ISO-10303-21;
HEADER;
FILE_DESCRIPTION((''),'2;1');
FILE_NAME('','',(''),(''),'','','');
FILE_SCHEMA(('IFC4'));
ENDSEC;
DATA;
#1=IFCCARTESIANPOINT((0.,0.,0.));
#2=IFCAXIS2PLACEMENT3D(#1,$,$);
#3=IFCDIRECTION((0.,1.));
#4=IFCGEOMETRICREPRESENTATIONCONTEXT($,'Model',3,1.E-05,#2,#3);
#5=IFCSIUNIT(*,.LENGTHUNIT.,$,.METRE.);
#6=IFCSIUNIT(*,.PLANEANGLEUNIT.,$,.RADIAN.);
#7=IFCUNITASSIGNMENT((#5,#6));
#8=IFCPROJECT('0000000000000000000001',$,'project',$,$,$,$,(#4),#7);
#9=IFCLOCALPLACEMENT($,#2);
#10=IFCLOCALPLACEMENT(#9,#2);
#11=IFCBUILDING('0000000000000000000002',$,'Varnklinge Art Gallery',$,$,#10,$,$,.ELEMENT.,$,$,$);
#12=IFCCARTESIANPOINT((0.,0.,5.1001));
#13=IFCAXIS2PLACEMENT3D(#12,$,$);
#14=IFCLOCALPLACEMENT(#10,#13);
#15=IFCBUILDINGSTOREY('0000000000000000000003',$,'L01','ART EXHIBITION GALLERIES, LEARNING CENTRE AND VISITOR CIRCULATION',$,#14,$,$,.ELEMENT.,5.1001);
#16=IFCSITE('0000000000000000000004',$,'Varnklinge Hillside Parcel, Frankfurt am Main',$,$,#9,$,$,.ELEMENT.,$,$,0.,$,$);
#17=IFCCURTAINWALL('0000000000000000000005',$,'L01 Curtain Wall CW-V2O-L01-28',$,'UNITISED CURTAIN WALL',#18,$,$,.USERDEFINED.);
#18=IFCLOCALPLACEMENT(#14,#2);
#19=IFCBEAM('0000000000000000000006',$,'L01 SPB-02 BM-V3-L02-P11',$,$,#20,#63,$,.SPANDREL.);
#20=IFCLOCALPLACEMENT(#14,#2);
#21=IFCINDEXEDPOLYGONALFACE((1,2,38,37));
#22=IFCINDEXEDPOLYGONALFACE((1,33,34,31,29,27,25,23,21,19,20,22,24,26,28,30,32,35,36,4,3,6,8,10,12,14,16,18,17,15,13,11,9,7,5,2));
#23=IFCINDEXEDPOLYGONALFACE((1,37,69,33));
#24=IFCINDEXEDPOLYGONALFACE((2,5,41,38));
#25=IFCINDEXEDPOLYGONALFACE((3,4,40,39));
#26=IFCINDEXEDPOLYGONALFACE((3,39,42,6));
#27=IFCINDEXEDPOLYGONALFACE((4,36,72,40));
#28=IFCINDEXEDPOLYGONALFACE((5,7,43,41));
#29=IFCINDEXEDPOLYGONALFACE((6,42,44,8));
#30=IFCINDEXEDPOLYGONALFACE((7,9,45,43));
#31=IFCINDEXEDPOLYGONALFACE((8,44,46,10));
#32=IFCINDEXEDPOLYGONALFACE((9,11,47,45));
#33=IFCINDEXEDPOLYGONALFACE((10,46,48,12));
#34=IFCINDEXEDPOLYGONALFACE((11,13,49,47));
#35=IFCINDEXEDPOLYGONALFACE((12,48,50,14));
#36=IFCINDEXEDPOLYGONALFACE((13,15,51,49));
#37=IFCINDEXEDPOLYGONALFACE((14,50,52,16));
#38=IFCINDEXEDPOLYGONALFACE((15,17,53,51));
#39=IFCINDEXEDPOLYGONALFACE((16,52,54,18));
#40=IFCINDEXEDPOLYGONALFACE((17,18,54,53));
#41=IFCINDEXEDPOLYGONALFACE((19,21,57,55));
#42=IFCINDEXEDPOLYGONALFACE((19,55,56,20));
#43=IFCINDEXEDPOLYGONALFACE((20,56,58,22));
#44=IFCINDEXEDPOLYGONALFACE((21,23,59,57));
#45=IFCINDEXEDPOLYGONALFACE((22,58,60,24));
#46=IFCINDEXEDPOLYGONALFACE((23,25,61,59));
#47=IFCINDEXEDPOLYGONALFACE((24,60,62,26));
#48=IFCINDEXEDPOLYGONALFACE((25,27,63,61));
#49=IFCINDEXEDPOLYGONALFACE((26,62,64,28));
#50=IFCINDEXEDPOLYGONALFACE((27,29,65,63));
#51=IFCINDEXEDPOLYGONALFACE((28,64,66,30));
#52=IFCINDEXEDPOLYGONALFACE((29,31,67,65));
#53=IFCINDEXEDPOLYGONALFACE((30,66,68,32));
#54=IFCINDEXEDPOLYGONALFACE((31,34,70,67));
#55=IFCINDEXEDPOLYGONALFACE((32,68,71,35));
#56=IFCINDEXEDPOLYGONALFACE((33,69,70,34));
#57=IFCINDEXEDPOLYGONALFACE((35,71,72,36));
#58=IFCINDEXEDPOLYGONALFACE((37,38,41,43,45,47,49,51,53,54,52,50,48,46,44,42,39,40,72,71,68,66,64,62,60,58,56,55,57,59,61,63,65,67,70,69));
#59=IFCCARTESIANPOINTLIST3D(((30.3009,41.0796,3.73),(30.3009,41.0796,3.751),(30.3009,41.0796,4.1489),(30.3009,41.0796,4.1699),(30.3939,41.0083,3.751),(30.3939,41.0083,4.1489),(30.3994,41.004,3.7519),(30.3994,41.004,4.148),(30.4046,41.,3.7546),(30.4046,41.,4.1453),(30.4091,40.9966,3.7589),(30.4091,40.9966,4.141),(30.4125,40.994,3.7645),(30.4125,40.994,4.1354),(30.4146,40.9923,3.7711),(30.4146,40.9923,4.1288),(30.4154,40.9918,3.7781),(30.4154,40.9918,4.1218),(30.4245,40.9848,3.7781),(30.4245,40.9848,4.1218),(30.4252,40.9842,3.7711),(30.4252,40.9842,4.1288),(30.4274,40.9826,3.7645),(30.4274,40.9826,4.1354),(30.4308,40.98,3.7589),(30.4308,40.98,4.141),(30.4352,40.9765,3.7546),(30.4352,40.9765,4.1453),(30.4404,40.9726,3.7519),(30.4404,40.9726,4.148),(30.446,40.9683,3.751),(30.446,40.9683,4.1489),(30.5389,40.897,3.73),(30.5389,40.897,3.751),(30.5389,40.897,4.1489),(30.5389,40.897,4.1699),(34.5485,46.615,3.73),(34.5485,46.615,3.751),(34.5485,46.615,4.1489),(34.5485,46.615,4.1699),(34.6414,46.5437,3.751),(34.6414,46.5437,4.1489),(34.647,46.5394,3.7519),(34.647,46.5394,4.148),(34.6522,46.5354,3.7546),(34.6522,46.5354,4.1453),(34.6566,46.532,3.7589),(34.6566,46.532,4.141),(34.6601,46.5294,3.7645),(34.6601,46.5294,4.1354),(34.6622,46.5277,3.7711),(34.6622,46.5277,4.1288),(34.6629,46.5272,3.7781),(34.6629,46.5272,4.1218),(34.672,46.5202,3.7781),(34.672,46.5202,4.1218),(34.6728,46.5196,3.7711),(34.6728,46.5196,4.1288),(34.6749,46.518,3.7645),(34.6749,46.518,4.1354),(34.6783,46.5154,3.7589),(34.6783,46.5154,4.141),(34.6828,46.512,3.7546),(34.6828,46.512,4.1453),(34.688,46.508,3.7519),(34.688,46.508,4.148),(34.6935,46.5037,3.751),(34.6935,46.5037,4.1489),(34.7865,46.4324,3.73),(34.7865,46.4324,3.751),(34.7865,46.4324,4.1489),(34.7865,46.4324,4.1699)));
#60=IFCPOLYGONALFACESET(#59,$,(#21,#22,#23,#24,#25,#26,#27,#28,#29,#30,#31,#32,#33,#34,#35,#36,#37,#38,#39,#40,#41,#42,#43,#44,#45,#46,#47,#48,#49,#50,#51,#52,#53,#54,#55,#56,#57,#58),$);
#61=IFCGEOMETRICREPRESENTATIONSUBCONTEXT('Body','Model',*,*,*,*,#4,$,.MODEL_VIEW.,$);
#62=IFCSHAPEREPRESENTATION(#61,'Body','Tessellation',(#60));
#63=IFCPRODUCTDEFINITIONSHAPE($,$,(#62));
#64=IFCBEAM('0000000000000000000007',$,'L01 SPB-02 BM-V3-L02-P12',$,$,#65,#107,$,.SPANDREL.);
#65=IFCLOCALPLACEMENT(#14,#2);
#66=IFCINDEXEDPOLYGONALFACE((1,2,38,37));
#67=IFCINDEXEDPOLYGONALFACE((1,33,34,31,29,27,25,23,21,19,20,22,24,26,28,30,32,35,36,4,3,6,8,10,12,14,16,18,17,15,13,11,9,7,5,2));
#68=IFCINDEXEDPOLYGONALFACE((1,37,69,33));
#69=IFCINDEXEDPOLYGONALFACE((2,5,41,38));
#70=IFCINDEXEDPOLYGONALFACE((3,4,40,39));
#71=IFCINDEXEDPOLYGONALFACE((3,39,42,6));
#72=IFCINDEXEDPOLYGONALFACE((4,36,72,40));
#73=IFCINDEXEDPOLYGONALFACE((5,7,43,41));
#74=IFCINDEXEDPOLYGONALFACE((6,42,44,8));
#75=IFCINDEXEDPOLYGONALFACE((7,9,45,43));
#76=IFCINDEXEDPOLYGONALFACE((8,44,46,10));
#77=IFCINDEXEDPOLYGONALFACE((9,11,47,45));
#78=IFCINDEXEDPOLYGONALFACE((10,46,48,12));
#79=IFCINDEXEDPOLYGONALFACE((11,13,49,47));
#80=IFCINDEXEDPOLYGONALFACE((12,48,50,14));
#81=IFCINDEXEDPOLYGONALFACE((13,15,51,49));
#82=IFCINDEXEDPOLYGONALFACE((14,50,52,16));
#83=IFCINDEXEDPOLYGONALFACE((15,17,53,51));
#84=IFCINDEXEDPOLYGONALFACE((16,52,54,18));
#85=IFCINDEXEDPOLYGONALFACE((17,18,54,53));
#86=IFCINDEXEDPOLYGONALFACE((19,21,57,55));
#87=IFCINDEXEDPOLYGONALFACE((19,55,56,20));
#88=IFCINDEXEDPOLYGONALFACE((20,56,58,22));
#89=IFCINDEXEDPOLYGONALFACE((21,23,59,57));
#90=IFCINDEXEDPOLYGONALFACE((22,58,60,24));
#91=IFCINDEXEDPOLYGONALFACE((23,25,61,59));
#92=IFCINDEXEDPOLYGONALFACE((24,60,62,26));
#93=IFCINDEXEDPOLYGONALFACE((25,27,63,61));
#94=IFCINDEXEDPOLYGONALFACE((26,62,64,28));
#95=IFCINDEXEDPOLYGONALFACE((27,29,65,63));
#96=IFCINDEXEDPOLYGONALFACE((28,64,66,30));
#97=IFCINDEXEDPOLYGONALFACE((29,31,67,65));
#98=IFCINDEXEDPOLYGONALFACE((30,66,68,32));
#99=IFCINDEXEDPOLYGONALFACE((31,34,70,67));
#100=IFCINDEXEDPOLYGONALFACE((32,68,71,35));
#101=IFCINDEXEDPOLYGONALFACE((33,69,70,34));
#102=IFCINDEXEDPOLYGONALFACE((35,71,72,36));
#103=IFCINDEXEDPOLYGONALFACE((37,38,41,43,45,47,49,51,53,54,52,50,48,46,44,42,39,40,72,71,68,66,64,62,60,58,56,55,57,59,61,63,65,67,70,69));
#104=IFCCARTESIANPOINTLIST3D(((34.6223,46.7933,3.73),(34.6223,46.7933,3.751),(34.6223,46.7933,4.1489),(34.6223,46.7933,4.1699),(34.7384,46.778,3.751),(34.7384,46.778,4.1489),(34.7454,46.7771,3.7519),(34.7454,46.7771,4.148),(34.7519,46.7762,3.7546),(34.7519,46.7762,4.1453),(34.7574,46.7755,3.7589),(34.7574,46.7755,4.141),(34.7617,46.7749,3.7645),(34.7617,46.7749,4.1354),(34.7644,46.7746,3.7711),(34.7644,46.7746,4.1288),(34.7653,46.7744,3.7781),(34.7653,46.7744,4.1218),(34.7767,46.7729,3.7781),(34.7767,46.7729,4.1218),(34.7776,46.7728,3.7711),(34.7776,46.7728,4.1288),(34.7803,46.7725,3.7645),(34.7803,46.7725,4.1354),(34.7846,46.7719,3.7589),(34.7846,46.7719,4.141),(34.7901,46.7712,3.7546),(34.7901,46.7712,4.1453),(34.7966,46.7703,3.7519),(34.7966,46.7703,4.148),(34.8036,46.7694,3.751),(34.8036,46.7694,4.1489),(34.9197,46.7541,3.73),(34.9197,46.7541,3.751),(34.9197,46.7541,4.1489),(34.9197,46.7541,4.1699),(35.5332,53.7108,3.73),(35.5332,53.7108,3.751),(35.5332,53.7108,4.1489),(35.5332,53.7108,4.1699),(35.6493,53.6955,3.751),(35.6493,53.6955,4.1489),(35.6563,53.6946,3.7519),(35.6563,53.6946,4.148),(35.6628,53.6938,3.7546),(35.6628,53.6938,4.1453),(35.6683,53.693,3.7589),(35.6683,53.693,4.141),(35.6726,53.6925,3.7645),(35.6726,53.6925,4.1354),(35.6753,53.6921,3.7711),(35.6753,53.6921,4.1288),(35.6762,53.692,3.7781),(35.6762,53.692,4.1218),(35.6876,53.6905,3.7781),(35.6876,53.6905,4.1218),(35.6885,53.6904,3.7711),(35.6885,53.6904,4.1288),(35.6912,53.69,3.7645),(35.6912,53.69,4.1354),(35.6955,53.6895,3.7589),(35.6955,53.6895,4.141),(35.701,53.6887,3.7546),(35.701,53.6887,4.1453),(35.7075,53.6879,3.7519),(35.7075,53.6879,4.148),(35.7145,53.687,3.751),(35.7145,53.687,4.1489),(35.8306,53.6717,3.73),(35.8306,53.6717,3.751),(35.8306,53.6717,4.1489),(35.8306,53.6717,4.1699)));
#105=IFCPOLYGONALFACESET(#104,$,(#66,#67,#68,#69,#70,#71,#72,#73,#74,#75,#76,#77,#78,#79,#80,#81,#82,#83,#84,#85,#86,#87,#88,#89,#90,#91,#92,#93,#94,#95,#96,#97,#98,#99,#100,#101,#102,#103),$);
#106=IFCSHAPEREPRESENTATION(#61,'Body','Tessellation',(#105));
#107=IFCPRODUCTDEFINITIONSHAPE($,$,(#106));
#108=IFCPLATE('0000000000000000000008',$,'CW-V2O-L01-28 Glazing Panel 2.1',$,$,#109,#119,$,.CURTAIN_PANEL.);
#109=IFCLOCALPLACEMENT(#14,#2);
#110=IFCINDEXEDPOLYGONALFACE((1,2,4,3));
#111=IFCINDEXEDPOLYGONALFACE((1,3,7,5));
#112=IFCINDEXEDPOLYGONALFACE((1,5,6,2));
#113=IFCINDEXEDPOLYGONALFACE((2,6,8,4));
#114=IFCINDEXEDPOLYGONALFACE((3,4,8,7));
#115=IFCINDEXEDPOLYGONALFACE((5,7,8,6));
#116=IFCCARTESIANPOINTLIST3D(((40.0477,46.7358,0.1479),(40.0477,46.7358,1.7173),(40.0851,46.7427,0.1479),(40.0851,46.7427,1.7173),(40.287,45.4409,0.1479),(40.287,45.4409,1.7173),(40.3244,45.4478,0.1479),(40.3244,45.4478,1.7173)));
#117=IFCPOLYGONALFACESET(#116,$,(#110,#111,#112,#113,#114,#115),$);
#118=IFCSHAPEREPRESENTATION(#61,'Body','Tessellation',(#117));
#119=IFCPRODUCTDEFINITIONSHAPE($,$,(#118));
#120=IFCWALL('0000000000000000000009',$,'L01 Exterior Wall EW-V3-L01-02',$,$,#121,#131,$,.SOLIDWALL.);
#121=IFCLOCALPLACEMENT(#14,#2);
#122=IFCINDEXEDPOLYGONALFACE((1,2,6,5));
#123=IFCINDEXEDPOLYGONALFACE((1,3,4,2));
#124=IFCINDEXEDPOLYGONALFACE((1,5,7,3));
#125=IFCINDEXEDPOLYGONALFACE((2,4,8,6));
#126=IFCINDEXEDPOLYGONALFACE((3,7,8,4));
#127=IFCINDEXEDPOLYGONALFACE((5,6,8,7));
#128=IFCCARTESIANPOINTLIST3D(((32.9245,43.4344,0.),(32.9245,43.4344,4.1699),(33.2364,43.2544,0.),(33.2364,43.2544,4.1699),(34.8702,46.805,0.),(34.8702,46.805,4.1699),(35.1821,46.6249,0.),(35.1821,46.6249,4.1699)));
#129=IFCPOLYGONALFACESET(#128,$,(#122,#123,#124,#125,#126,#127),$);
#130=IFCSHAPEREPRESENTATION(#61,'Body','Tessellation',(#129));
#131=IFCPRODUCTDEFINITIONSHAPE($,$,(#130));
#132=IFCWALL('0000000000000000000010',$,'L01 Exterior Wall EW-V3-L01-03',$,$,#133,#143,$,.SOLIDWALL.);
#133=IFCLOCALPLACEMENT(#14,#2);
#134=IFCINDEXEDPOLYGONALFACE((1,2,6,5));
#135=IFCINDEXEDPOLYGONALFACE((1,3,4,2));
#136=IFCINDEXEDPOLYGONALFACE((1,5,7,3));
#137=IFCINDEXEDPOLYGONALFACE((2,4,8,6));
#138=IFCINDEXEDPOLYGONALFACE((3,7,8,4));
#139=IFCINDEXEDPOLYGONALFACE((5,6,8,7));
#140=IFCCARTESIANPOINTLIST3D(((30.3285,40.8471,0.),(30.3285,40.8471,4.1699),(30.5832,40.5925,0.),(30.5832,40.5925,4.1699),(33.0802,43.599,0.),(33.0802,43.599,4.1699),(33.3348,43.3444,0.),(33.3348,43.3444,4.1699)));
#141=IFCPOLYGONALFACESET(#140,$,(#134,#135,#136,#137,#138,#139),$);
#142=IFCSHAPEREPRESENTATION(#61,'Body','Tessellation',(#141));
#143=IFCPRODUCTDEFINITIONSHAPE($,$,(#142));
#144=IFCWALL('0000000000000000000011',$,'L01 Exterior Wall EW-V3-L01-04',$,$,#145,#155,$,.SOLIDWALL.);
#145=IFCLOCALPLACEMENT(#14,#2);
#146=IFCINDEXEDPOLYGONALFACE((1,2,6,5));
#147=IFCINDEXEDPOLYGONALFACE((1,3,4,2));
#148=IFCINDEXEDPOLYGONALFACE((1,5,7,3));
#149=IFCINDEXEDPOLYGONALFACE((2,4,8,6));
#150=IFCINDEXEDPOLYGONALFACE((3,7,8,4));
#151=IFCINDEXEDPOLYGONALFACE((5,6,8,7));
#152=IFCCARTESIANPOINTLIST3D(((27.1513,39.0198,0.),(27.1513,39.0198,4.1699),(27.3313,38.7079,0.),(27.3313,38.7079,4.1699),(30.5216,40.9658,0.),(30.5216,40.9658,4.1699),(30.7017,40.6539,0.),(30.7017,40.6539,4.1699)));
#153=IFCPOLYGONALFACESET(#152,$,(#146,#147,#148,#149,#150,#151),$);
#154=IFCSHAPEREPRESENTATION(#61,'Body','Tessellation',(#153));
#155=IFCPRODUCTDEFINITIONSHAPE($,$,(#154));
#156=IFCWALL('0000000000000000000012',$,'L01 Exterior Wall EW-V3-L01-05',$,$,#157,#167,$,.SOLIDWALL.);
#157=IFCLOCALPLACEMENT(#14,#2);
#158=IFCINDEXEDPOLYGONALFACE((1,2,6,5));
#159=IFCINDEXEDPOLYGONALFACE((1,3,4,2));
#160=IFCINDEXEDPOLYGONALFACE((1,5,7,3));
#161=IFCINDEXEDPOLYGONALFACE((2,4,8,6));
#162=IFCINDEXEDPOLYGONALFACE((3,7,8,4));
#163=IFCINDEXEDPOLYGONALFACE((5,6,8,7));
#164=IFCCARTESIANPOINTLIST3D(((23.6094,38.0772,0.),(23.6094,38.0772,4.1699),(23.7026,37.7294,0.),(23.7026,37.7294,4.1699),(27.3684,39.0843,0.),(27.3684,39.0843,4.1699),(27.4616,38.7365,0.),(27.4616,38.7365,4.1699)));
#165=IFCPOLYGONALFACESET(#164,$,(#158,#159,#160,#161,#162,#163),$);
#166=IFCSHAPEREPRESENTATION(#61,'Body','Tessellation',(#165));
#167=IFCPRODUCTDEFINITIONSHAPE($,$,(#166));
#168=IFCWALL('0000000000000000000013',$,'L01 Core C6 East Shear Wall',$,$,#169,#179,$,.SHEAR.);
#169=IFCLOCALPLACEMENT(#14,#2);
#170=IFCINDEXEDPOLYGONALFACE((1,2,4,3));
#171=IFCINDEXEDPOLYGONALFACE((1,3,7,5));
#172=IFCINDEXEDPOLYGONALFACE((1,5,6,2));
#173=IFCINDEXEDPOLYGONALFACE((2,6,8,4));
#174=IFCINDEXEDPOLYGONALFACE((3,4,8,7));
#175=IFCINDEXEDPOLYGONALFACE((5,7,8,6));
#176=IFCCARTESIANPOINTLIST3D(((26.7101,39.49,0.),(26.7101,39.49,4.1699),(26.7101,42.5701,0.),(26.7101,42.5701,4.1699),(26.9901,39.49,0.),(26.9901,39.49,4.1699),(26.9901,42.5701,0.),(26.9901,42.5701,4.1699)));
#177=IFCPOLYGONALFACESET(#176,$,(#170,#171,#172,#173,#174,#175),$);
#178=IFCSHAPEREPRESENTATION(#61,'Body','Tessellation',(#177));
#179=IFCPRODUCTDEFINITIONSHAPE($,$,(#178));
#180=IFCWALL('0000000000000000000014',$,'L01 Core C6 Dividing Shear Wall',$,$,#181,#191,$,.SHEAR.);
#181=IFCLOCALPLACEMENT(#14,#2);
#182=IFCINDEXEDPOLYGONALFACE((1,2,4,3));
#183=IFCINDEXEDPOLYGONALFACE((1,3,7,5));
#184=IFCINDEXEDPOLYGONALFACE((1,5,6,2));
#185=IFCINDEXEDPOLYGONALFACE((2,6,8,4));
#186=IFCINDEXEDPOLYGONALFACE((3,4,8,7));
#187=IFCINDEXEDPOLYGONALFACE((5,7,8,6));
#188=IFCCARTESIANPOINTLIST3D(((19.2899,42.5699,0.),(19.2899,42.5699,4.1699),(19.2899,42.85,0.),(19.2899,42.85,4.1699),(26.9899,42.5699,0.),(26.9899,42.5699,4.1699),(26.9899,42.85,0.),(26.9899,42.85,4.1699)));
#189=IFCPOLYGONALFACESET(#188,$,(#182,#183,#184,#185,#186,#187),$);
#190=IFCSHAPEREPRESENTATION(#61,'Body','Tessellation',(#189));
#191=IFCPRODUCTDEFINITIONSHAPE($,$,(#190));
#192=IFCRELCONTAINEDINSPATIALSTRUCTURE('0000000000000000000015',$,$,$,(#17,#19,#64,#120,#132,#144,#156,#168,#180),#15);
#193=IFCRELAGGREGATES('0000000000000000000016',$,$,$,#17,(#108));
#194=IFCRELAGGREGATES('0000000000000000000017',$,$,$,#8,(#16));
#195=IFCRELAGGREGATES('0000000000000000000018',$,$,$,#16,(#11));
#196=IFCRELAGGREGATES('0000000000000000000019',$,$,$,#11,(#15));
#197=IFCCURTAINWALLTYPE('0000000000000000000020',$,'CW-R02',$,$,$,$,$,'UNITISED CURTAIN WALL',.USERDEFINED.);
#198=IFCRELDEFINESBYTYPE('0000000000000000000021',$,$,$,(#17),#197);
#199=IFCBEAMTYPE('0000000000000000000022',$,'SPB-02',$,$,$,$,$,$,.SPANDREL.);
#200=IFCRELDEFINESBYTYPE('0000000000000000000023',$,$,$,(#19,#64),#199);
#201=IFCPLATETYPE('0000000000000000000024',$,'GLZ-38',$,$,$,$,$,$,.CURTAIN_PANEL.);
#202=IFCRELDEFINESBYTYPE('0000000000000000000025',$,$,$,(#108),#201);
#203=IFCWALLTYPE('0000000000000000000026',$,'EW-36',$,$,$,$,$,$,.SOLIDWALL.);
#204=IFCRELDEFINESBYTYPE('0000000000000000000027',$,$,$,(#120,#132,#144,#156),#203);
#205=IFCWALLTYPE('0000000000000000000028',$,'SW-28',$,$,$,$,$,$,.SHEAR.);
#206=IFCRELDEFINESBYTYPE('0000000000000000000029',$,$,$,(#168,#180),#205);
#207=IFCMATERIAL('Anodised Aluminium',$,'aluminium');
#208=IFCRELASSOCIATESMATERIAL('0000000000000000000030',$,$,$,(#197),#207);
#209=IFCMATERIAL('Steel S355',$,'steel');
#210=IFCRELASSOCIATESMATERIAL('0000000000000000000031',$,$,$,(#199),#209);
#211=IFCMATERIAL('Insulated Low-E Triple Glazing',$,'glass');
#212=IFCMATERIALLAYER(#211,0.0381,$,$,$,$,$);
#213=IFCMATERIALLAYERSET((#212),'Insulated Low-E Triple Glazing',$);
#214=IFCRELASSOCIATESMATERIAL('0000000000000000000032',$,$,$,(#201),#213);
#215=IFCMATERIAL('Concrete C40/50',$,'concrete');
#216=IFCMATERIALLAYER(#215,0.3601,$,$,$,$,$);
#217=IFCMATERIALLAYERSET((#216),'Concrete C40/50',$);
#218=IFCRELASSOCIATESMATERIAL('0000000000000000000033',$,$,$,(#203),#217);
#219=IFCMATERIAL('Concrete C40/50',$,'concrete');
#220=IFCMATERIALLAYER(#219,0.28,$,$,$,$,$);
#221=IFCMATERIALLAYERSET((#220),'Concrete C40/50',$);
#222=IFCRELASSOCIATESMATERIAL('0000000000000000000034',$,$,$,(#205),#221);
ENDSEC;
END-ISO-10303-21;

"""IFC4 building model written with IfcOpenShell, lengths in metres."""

from ifc_helpers import new_model, si_unit, direction, frame, frame_2d, origin, origin_2d, place, context, subcontext, project, spatial, rectangle, i_section, extrude, material, layer, layer_set, material_profile, profile_set, type_object, element, aggregate, save


model = new_model("IFC4")

# Units and contexts
model_context = context("Model", 3, precision=1e-05, world=origin(), true_north=direction((0.0, 1.0)))
body_context = subcontext(model_context, "Body", "Model", "MODEL_VIEW")
ifc_project = project(units=[si_unit("LENGTHUNIT", "METRE"), si_unit("PLANEANGLEUNIT", "RADIAN")], contexts=[model_context])

# Site, building, storey
site_placement = place(None, origin())
site = spatial("IfcSite", under=ifc_project, at=site_placement, Name="Varnklinge Hillside Parcel, Frankfurt am Main", CompositionType="ELEMENT", RefElevation=0.0)
building_placement = place(site_placement, origin())
building = spatial("IfcBuilding", under=site, at=building_placement, Name="Varnklinge Art Gallery", CompositionType="ELEMENT")
storey_placement = place(building_placement, frame((0.0, 0.0, 5.1001)))
storey = spatial("IfcBuildingStorey", under=building, at=storey_placement, Name="L01", Description="ART EXHIBITION GALLERIES, LEARNING CENTRE AND VISITOR CIRCULATION", CompositionType="ELEMENT", Elevation=5.1001)

# Curtain wall
ifc_material_1 = material(Name="Anodised Aluminium", Category="aluminium")
curtain_wall_type = type_object("IfcCurtainWallType", Name="CW-R02", ElementType="UNITISED CURTAIN WALL", PredefinedType="USERDEFINED", material=ifc_material_1)
curtain_wall_placement = place(storey_placement, origin())
curtain_wall = element("IfcCurtainWall", 1, at=curtain_wall_placement, inside=storey, type_object=curtain_wall_type, Name="L01 Curtain Wall CW-V2O-L01-28", ObjectType="UNITISED CURTAIN WALL", PredefinedType="USERDEFINED")

# Beams
ifc_material_2 = material(Name="Steel S355", Category="steel")
ifc_material_profile_1 = material_profile(ifc_material_2, i_section(OverallWidth=0.3, OverallDepth=0.4399, WebThickness=0.0115, FlangeThickness=0.021, FilletRadius=0.0271, at=origin_2d()), Name="HEA 450")
ifc_profile_set_1 = profile_set([ifc_material_profile_1], Name="Steel S355")
beam_type_1 = type_object("IfcBeamType", Name="SPB-02", PredefinedType="SPANDREL", material=ifc_profile_set_1)
for number, where, z_axis, x_axis, name in (
    (2, (30.4199, 40.9883, 3.95), (0.60877, 0.793347, 0.0), (-0.793347, 0.60877, 0.0), "L01 SPB-02 BM-V3-L02-P11"),
    (3, (34.771, 46.7737, 3.95), (0.130552, 0.991441, 0.0), (-0.991441, 0.130552, 0.0), "L01 SPB-02 BM-V3-L02-P12"),
):
    element("IfcBeam", number, at=place(storey_placement, frame(where, z_axis=z_axis, x_axis=x_axis)), inside=storey, type_object=beam_type_1, Name=name, PredefinedType="SPANDREL", context=body_context, shape_type="SweptSolid", body=[
        extrude(i_section(OverallWidth=0.3, OverallDepth=0.4399, WebThickness=0.0115, FlangeThickness=0.021, FilletRadius=0.0271, at=origin_2d()), origin(), (0.0, 0.0, 1.0), 6.9773),
    ])

# Plate
ifc_material_3 = material(Name="Insulated Low-E Triple Glazing", Category="glass")
ifc_layer_1 = layer(ifc_material_3, 0.0381)
ifc_layer_set_1 = layer_set([ifc_layer_1], Name="Insulated Low-E Triple Glazing")
plate_type = type_object("IfcPlateType", Name="GLZ-38", PredefinedType="CURTAIN_PANEL", material=ifc_layer_set_1)
plate_placement = place(storey_placement, frame((40.186, 46.0918, 0.1479), z_axis=(0.0, 0.0, 1.0), x_axis=(0.181721, -0.98335, 0.0)))
plate = element("IfcPlate", 4, at=plate_placement, type_object=plate_type, Name="CW-V2O-L01-28 Glazing Panel 2.1", PredefinedType="CURTAIN_PANEL", context=body_context, shape_type="SweptSolid", body=[
    extrude(rectangle(XDim=1.3169, YDim=0.0381, at=origin_2d()), origin(), (0.0, 0.0, 1.0), 1.5693),
])
aggregate(curtain_wall, [plate])

# Walls
ifc_material_4 = material(Name="Concrete C40/50", Category="concrete")
ifc_layer_2 = layer(ifc_material_4, 0.3601)
ifc_layer_set_2 = layer_set([ifc_layer_2], Name="Concrete C40/50")
wall_type_1 = type_object("IfcWallType", Name="EW-36", PredefinedType="SOLIDWALL", material=ifc_layer_set_2)
wall_1_placement = place(storey_placement, frame((35.0261, 46.7148, 0.0), z_axis=(0.0, 0.0, 1.0), x_axis=(-0.499958, -0.86605, 0.0)))
element("IfcWall", 5, at=wall_1_placement, inside=storey, type_object=wall_type_1, Name="L01 Exterior Wall EW-V3-L01-02", PredefinedType="SOLIDWALL", context=body_context, shape_type="SweptSolid", body=[
    extrude(rectangle(XDim=3.8918, YDim=0.3601, at=frame_2d((1.9458, 0.0))), origin(), (0.0, 0.0, 1.0), 4.1699),
])
wall_2_placement = place(storey_placement, frame((33.2075, 43.4717, 0.0), z_axis=(0.0, 0.0, 1.0), x_axis=(-0.707075, -0.707138, 0.0)))
element("IfcWall", 6, at=wall_2_placement, inside=storey, type_object=wall_type_1, Name="L01 Exterior Wall EW-V3-L01-03", PredefinedType="SOLIDWALL", context=body_context, shape_type="SweptSolid", body=[
    extrude(rectangle(XDim=3.8916, YDim=0.3601, at=frame_2d((1.9458, 0.0))), origin(), (0.0, 0.0, 1.0), 4.1699),
])
wall_3_placement = place(storey_placement, frame((30.6116, 40.8098, 0.0), z_axis=(0.0, 0.0, 1.0), x_axis=(-0.866007, -0.500032, 0.0)))
element("IfcWall", 7, at=wall_3_placement, inside=storey, type_object=wall_type_1, Name="L01 Exterior Wall EW-V3-L01-04", PredefinedType="SOLIDWALL", context=body_context, shape_type="SweptSolid", body=[
    extrude(rectangle(XDim=3.8918, YDim=0.3601, at=frame_2d((1.9458, 0.0))), origin(), (0.0, 0.0, 1.0), 4.1699),
])
wall_4_placement = place(storey_placement, frame((27.415, 38.9104, 0.0), z_axis=(0.0, 0.0, 1.0), x_axis=(-0.965935, -0.258783, 0.0)))
element("IfcWall", 8, at=wall_4_placement, inside=storey, type_object=wall_type_1, Name="L01 Exterior Wall EW-V3-L01-05", PredefinedType="SOLIDWALL", context=body_context, shape_type="SweptSolid", body=[
    extrude(rectangle(XDim=3.8916, YDim=0.3601, at=frame_2d((1.9458, 0.0))), origin(), (0.0, 0.0, 1.0), 4.1699),
])
ifc_material_5 = material(Name="Concrete C40/50", Category="concrete")
ifc_layer_3 = layer(ifc_material_5, 0.28)
ifc_layer_set_3 = layer_set([ifc_layer_3], Name="Concrete C40/50")
wall_type_2 = type_object("IfcWallType", Name="SW-28", PredefinedType="SHEAR", material=ifc_layer_set_3)
wall_5_placement = place(storey_placement, frame((26.8501, 39.49, 0.0), z_axis=(0.0, 0.0, 1.0), x_axis=(0.0, 1.0, 0.0)))
element("IfcWall", 9, at=wall_5_placement, inside=storey, type_object=wall_type_2, Name="L01 Core C6 East Shear Wall", PredefinedType="SHEAR", context=body_context, shape_type="SweptSolid", body=[
    extrude(rectangle(XDim=3.0801, YDim=0.28, at=frame_2d((1.54, 0.0))), origin(), (0.0, 0.0, 1.0), 4.1699),
])
wall_6_placement = place(storey_placement, frame((26.99, 42.71, 0.0), z_axis=(0.0, 0.0, 1.0), x_axis=(-1.0, 0.0, 0.0)))
element("IfcWall", 10, at=wall_6_placement, inside=storey, type_object=wall_type_2, Name="L01 Core C6 Dividing Shear Wall", PredefinedType="SHEAR", context=body_context, shape_type="SweptSolid", body=[
    extrude(rectangle(XDim=7.7, YDim=0.28, at=frame_2d((3.8501, 0.0))), origin(), (0.0, 0.0, 1.0), 4.1699),
])

save(model, "model.ifc")
